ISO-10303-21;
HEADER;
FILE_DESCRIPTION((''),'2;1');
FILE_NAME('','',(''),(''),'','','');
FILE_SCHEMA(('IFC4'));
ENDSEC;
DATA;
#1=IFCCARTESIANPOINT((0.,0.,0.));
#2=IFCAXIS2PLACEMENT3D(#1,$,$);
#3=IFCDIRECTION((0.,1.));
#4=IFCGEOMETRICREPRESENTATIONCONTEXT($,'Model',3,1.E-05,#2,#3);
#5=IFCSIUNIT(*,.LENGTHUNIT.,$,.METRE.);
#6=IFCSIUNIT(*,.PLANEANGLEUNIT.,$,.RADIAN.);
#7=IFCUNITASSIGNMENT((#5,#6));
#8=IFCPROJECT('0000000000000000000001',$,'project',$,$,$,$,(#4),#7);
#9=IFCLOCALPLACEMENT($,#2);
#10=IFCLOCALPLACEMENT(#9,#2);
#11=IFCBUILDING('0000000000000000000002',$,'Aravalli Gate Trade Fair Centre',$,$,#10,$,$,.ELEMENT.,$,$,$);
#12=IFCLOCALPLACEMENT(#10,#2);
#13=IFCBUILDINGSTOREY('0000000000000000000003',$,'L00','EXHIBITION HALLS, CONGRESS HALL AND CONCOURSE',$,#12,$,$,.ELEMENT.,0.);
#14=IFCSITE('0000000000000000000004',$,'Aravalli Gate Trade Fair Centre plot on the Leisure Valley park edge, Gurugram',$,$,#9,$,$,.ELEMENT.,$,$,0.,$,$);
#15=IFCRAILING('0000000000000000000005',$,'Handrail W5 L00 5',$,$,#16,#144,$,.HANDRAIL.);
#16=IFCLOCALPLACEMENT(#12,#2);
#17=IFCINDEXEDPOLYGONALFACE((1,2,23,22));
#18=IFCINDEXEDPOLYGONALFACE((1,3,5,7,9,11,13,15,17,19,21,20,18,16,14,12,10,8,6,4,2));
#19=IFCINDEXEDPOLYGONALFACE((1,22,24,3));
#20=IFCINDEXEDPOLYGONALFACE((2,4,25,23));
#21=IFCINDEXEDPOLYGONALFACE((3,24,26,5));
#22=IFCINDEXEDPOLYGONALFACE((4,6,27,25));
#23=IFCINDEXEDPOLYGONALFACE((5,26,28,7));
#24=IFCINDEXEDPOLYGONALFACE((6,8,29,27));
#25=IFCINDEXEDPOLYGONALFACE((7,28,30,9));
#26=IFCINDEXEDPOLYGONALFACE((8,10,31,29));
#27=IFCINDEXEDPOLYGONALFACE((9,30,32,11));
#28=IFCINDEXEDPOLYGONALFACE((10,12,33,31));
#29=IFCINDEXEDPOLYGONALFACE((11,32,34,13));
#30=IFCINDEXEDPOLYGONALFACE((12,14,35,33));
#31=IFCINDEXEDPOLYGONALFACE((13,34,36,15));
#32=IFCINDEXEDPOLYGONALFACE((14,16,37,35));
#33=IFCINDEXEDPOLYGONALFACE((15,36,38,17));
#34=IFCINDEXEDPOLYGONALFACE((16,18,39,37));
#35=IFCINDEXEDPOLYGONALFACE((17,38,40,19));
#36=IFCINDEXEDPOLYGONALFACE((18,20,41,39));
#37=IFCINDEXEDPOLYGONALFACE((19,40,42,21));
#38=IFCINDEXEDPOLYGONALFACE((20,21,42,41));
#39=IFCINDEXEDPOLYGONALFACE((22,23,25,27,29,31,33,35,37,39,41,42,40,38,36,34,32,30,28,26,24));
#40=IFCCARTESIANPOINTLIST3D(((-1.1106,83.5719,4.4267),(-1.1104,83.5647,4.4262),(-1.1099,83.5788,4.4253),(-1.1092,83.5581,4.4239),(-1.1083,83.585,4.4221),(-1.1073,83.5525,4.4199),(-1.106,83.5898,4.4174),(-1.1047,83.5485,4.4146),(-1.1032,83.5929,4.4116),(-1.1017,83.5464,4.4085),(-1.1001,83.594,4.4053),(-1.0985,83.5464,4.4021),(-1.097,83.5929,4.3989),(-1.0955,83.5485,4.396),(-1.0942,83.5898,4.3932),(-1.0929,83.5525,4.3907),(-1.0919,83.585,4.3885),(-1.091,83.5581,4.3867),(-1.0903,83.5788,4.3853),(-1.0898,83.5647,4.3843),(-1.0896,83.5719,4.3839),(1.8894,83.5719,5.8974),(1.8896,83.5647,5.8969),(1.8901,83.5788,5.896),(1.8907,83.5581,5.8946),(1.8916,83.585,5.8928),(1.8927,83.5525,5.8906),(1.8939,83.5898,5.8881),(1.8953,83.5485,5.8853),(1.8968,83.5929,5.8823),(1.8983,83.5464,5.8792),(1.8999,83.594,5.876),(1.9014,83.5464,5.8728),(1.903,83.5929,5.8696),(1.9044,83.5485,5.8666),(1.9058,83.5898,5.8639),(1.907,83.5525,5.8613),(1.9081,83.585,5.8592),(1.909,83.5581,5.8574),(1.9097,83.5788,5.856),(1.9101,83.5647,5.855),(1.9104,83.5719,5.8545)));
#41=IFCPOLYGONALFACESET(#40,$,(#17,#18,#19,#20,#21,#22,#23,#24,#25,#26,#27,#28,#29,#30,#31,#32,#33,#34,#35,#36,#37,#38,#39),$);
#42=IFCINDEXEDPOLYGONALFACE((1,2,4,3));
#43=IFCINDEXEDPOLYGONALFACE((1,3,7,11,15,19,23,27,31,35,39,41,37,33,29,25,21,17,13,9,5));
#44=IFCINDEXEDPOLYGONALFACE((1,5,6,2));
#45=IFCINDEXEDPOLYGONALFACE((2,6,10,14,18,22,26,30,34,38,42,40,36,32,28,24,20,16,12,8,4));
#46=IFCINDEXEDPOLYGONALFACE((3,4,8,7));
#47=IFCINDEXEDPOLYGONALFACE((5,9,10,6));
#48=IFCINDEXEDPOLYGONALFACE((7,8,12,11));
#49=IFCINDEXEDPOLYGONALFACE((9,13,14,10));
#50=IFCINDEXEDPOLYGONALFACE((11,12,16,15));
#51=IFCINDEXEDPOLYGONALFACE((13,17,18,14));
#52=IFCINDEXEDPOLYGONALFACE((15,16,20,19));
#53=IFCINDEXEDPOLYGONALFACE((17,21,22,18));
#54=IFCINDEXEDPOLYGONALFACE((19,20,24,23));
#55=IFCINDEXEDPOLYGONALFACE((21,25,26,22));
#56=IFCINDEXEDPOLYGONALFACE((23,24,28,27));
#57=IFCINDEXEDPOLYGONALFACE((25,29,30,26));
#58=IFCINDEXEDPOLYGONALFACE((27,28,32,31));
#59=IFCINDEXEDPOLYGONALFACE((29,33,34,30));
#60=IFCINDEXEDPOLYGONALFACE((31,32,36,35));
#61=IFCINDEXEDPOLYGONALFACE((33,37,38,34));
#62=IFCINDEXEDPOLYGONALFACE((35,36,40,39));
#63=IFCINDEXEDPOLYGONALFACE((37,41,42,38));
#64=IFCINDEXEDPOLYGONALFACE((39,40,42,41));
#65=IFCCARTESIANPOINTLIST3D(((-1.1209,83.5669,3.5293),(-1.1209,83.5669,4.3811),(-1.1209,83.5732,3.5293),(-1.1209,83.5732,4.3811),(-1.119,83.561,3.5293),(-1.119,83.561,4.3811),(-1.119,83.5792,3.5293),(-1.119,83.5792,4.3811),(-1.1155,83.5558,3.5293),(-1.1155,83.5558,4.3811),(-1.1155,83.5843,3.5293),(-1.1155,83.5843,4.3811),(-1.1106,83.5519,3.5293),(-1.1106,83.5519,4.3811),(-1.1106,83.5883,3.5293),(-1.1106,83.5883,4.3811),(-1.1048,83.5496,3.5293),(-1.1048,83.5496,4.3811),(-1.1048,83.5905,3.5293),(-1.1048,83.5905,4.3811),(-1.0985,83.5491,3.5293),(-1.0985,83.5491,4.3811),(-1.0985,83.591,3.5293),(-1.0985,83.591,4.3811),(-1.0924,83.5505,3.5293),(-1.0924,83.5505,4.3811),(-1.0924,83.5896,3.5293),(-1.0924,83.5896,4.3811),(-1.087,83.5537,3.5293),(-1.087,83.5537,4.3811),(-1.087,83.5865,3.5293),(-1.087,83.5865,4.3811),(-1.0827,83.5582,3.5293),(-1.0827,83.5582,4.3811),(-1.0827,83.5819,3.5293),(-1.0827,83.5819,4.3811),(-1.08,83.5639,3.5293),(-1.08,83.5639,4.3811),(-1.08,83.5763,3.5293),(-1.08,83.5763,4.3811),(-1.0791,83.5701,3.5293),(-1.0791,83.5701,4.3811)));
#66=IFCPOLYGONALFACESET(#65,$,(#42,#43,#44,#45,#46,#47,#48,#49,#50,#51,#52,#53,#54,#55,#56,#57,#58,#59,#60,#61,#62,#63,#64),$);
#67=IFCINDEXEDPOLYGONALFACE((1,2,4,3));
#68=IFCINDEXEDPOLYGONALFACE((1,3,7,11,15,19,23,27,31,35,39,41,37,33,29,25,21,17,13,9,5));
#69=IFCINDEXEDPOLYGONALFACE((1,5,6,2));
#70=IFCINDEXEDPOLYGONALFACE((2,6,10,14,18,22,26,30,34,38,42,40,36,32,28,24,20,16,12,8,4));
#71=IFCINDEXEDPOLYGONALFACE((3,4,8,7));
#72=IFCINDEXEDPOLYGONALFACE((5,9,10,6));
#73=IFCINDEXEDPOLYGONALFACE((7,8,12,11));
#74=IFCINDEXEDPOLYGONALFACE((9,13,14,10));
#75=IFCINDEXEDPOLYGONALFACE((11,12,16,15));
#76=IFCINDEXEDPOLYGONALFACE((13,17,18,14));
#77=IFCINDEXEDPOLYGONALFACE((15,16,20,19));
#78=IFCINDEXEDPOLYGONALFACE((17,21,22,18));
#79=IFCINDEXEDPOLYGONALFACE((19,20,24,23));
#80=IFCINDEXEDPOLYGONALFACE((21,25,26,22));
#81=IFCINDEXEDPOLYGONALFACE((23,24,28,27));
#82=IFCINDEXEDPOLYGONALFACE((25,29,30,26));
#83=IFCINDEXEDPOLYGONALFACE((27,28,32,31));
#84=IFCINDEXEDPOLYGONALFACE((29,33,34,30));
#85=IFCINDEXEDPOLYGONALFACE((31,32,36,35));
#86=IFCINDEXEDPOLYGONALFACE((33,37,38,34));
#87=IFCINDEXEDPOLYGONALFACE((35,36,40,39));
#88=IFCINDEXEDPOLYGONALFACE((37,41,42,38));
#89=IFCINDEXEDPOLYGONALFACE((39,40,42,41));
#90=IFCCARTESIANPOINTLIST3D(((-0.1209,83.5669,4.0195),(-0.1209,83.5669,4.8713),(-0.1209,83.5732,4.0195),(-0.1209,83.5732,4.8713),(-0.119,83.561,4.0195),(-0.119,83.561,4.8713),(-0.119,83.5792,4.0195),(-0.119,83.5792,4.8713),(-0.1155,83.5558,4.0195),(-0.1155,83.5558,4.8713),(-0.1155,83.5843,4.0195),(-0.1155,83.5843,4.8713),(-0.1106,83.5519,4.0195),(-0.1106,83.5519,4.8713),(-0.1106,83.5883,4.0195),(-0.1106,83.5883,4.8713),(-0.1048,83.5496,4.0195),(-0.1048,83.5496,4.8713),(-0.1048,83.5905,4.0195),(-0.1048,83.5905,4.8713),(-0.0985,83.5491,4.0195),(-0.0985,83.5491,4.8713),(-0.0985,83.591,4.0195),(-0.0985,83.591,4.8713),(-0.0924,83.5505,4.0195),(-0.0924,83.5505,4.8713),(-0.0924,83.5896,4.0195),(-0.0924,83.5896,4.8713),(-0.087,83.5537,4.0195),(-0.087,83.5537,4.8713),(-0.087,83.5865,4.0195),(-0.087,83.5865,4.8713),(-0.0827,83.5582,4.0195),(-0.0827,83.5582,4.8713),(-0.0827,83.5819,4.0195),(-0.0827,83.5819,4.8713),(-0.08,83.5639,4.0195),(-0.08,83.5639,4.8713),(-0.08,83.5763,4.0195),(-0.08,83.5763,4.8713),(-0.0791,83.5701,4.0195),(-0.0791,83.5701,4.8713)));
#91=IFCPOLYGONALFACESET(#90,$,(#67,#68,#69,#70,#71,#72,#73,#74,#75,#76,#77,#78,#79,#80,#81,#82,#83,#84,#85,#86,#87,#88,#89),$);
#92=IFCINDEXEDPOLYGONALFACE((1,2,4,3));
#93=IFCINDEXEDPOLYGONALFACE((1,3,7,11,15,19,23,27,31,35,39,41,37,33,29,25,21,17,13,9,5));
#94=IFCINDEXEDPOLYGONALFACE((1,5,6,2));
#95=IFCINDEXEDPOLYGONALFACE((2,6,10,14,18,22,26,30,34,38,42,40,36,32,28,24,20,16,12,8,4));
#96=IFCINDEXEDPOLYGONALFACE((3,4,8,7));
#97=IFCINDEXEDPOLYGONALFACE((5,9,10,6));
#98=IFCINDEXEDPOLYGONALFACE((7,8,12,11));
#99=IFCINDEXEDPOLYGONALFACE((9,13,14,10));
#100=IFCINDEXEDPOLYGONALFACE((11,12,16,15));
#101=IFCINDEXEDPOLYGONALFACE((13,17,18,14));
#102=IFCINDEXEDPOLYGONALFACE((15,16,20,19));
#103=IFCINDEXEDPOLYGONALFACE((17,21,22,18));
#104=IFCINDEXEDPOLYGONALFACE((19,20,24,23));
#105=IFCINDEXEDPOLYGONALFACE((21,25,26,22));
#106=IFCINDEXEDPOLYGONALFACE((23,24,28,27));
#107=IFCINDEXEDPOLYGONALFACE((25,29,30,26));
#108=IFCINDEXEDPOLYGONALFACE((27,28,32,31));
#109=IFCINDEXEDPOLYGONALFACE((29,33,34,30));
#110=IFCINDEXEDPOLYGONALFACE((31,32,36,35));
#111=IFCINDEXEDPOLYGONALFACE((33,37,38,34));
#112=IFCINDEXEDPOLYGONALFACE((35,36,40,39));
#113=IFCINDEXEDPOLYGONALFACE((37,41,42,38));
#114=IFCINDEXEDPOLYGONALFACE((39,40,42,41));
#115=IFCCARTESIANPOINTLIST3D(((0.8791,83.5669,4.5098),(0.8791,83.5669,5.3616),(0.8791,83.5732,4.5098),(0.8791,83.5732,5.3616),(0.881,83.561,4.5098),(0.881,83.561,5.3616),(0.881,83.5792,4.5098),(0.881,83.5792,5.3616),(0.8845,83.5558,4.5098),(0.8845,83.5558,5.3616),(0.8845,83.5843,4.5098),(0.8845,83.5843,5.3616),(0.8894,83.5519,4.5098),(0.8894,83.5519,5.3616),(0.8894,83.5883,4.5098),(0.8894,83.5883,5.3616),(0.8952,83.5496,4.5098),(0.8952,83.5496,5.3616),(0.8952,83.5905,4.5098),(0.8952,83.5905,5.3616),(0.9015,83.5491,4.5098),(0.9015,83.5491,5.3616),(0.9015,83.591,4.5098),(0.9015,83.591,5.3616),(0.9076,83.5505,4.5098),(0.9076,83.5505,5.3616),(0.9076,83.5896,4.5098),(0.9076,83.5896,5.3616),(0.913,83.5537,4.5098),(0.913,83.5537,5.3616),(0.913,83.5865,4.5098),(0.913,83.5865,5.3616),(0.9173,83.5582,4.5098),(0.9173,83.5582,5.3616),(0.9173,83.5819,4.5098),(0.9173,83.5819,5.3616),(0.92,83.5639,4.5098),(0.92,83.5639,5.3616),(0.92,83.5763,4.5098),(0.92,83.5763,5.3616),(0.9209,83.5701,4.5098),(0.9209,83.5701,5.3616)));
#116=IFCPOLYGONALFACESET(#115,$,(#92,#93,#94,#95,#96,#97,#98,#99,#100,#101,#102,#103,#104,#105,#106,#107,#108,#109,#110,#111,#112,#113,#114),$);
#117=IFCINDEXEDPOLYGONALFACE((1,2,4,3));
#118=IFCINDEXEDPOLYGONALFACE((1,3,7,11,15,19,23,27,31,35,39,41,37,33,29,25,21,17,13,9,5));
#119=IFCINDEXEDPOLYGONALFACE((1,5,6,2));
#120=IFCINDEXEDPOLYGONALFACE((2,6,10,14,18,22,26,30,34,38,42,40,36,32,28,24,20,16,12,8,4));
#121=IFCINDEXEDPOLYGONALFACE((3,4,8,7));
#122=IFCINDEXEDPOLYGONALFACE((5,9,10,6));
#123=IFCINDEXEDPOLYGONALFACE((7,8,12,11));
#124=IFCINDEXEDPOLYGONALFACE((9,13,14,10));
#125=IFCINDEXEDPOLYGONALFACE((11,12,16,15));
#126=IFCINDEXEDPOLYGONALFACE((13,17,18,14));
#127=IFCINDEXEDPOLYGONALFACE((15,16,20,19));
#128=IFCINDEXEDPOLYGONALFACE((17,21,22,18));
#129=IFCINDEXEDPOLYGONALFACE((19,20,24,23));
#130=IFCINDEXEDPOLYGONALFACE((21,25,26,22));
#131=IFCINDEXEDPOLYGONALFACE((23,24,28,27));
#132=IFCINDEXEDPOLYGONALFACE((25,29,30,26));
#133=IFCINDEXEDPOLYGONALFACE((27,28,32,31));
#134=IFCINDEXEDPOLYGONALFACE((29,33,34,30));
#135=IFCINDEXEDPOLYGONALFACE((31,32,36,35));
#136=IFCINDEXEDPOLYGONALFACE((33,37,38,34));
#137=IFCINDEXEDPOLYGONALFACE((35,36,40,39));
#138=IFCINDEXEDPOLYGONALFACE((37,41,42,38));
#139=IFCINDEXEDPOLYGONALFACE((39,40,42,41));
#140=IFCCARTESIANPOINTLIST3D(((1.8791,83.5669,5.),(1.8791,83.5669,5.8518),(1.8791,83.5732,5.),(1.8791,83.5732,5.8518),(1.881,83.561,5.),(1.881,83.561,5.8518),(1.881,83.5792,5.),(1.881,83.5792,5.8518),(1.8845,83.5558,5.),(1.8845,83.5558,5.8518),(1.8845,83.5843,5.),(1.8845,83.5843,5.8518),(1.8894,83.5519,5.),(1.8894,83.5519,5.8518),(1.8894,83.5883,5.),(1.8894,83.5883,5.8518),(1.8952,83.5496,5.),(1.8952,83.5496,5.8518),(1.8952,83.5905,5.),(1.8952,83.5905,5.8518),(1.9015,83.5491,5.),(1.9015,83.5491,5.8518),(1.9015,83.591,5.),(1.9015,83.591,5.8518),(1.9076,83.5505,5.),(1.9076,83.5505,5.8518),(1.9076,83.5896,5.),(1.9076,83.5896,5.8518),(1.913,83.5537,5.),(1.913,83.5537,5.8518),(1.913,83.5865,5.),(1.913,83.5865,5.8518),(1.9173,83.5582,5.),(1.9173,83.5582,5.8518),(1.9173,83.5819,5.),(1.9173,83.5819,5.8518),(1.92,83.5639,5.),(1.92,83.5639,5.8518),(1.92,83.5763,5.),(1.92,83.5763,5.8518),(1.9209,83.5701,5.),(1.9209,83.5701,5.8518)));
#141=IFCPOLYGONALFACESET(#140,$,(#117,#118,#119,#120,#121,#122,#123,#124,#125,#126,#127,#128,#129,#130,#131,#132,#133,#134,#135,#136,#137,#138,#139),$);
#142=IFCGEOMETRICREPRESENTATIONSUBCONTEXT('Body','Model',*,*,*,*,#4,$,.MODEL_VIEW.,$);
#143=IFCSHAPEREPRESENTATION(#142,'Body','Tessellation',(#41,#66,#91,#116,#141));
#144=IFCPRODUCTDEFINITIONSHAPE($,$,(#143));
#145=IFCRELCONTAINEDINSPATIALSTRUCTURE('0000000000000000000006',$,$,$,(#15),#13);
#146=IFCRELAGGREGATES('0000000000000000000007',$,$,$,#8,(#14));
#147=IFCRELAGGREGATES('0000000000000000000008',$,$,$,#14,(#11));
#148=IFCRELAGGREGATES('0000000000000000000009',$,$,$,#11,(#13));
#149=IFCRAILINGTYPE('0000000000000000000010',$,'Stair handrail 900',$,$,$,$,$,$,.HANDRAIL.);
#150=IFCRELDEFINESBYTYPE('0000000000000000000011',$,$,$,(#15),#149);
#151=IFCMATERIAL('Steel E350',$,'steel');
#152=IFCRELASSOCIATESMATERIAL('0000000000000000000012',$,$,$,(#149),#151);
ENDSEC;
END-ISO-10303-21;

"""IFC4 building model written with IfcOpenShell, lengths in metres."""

from ifc_helpers import new_model, si_unit, direction, frame, origin, origin_2d, place, context, subcontext, project, spatial, circle, extrude, material, type_object, element, save


model = new_model("IFC4")

# Units and contexts
model_context = context("Model", 3, precision=1e-05, world=origin(), true_north=direction((0.0, 1.0)))
body_context = subcontext(model_context, "Body", "Model", "MODEL_VIEW")
ifc_project = project(units=[si_unit("LENGTHUNIT", "METRE"), si_unit("PLANEANGLEUNIT", "RADIAN")], contexts=[model_context])

# Site, building, storey
site_placement = place(None, origin())
site = spatial("IfcSite", under=ifc_project, at=site_placement, Name="Aravalli Gate Trade Fair Centre plot on the Leisure Valley park edge, Gurugram", CompositionType="ELEMENT", RefElevation=0.0)
building_placement = place(site_placement, origin())
building = spatial("IfcBuilding", under=site, at=building_placement, Name="Aravalli Gate Trade Fair Centre", CompositionType="ELEMENT")
storey_placement = place(building_placement, origin())
storey = spatial("IfcBuildingStorey", under=building, at=storey_placement, Name="L00", Description="EXHIBITION HALLS, CONGRESS HALL AND CONCOURSE", CompositionType="ELEMENT", Elevation=0.0)

# Railing
ifc_material_1 = material(Name="Steel E350", Category="steel")
railing_type = type_object("IfcRailingType", Name="Stair handrail 900", PredefinedType="HANDRAIL", material=ifc_material_1)
for number, where, name in (
    (1, (-1.1001, 83.5701, 3.5293), "Handrail W5 L00 5"),
):
    element("IfcRailing", number, at=place(storey_placement, frame(where)), inside=storey, type_object=railing_type, Name=name, PredefinedType="HANDRAIL", context=body_context, shape_type="SweptSolid", body=[
        extrude(circle(Radius=0.0239, at=origin_2d()), frame((0.0, 0.0, 0.876), z_axis=(0.897907, 0.0, 0.440185), x_axis=(0.0, 1.0, 0.0)), (0.0, 0.0, 1.0), 3.3411),
        extrude(circle(Radius=0.021, at=origin_2d()), origin(), (0.0, 0.0, 1.0), 0.8518),
        extrude(circle(Radius=0.021, at=origin_2d()), frame((1.0, 0.0, 0.4902)), (0.0, 0.0, 1.0), 0.8518),
        extrude(circle(Radius=0.021, at=origin_2d()), frame((2.0, 0.0, 0.9805)), (0.0, 0.0, 1.0), 0.8518),
        extrude(circle(Radius=0.021, at=origin_2d()), frame((3.0, 0.0, 1.4707)), (0.0, 0.0, 1.0), 0.8518),
    ])

save(model, "model.ifc")
